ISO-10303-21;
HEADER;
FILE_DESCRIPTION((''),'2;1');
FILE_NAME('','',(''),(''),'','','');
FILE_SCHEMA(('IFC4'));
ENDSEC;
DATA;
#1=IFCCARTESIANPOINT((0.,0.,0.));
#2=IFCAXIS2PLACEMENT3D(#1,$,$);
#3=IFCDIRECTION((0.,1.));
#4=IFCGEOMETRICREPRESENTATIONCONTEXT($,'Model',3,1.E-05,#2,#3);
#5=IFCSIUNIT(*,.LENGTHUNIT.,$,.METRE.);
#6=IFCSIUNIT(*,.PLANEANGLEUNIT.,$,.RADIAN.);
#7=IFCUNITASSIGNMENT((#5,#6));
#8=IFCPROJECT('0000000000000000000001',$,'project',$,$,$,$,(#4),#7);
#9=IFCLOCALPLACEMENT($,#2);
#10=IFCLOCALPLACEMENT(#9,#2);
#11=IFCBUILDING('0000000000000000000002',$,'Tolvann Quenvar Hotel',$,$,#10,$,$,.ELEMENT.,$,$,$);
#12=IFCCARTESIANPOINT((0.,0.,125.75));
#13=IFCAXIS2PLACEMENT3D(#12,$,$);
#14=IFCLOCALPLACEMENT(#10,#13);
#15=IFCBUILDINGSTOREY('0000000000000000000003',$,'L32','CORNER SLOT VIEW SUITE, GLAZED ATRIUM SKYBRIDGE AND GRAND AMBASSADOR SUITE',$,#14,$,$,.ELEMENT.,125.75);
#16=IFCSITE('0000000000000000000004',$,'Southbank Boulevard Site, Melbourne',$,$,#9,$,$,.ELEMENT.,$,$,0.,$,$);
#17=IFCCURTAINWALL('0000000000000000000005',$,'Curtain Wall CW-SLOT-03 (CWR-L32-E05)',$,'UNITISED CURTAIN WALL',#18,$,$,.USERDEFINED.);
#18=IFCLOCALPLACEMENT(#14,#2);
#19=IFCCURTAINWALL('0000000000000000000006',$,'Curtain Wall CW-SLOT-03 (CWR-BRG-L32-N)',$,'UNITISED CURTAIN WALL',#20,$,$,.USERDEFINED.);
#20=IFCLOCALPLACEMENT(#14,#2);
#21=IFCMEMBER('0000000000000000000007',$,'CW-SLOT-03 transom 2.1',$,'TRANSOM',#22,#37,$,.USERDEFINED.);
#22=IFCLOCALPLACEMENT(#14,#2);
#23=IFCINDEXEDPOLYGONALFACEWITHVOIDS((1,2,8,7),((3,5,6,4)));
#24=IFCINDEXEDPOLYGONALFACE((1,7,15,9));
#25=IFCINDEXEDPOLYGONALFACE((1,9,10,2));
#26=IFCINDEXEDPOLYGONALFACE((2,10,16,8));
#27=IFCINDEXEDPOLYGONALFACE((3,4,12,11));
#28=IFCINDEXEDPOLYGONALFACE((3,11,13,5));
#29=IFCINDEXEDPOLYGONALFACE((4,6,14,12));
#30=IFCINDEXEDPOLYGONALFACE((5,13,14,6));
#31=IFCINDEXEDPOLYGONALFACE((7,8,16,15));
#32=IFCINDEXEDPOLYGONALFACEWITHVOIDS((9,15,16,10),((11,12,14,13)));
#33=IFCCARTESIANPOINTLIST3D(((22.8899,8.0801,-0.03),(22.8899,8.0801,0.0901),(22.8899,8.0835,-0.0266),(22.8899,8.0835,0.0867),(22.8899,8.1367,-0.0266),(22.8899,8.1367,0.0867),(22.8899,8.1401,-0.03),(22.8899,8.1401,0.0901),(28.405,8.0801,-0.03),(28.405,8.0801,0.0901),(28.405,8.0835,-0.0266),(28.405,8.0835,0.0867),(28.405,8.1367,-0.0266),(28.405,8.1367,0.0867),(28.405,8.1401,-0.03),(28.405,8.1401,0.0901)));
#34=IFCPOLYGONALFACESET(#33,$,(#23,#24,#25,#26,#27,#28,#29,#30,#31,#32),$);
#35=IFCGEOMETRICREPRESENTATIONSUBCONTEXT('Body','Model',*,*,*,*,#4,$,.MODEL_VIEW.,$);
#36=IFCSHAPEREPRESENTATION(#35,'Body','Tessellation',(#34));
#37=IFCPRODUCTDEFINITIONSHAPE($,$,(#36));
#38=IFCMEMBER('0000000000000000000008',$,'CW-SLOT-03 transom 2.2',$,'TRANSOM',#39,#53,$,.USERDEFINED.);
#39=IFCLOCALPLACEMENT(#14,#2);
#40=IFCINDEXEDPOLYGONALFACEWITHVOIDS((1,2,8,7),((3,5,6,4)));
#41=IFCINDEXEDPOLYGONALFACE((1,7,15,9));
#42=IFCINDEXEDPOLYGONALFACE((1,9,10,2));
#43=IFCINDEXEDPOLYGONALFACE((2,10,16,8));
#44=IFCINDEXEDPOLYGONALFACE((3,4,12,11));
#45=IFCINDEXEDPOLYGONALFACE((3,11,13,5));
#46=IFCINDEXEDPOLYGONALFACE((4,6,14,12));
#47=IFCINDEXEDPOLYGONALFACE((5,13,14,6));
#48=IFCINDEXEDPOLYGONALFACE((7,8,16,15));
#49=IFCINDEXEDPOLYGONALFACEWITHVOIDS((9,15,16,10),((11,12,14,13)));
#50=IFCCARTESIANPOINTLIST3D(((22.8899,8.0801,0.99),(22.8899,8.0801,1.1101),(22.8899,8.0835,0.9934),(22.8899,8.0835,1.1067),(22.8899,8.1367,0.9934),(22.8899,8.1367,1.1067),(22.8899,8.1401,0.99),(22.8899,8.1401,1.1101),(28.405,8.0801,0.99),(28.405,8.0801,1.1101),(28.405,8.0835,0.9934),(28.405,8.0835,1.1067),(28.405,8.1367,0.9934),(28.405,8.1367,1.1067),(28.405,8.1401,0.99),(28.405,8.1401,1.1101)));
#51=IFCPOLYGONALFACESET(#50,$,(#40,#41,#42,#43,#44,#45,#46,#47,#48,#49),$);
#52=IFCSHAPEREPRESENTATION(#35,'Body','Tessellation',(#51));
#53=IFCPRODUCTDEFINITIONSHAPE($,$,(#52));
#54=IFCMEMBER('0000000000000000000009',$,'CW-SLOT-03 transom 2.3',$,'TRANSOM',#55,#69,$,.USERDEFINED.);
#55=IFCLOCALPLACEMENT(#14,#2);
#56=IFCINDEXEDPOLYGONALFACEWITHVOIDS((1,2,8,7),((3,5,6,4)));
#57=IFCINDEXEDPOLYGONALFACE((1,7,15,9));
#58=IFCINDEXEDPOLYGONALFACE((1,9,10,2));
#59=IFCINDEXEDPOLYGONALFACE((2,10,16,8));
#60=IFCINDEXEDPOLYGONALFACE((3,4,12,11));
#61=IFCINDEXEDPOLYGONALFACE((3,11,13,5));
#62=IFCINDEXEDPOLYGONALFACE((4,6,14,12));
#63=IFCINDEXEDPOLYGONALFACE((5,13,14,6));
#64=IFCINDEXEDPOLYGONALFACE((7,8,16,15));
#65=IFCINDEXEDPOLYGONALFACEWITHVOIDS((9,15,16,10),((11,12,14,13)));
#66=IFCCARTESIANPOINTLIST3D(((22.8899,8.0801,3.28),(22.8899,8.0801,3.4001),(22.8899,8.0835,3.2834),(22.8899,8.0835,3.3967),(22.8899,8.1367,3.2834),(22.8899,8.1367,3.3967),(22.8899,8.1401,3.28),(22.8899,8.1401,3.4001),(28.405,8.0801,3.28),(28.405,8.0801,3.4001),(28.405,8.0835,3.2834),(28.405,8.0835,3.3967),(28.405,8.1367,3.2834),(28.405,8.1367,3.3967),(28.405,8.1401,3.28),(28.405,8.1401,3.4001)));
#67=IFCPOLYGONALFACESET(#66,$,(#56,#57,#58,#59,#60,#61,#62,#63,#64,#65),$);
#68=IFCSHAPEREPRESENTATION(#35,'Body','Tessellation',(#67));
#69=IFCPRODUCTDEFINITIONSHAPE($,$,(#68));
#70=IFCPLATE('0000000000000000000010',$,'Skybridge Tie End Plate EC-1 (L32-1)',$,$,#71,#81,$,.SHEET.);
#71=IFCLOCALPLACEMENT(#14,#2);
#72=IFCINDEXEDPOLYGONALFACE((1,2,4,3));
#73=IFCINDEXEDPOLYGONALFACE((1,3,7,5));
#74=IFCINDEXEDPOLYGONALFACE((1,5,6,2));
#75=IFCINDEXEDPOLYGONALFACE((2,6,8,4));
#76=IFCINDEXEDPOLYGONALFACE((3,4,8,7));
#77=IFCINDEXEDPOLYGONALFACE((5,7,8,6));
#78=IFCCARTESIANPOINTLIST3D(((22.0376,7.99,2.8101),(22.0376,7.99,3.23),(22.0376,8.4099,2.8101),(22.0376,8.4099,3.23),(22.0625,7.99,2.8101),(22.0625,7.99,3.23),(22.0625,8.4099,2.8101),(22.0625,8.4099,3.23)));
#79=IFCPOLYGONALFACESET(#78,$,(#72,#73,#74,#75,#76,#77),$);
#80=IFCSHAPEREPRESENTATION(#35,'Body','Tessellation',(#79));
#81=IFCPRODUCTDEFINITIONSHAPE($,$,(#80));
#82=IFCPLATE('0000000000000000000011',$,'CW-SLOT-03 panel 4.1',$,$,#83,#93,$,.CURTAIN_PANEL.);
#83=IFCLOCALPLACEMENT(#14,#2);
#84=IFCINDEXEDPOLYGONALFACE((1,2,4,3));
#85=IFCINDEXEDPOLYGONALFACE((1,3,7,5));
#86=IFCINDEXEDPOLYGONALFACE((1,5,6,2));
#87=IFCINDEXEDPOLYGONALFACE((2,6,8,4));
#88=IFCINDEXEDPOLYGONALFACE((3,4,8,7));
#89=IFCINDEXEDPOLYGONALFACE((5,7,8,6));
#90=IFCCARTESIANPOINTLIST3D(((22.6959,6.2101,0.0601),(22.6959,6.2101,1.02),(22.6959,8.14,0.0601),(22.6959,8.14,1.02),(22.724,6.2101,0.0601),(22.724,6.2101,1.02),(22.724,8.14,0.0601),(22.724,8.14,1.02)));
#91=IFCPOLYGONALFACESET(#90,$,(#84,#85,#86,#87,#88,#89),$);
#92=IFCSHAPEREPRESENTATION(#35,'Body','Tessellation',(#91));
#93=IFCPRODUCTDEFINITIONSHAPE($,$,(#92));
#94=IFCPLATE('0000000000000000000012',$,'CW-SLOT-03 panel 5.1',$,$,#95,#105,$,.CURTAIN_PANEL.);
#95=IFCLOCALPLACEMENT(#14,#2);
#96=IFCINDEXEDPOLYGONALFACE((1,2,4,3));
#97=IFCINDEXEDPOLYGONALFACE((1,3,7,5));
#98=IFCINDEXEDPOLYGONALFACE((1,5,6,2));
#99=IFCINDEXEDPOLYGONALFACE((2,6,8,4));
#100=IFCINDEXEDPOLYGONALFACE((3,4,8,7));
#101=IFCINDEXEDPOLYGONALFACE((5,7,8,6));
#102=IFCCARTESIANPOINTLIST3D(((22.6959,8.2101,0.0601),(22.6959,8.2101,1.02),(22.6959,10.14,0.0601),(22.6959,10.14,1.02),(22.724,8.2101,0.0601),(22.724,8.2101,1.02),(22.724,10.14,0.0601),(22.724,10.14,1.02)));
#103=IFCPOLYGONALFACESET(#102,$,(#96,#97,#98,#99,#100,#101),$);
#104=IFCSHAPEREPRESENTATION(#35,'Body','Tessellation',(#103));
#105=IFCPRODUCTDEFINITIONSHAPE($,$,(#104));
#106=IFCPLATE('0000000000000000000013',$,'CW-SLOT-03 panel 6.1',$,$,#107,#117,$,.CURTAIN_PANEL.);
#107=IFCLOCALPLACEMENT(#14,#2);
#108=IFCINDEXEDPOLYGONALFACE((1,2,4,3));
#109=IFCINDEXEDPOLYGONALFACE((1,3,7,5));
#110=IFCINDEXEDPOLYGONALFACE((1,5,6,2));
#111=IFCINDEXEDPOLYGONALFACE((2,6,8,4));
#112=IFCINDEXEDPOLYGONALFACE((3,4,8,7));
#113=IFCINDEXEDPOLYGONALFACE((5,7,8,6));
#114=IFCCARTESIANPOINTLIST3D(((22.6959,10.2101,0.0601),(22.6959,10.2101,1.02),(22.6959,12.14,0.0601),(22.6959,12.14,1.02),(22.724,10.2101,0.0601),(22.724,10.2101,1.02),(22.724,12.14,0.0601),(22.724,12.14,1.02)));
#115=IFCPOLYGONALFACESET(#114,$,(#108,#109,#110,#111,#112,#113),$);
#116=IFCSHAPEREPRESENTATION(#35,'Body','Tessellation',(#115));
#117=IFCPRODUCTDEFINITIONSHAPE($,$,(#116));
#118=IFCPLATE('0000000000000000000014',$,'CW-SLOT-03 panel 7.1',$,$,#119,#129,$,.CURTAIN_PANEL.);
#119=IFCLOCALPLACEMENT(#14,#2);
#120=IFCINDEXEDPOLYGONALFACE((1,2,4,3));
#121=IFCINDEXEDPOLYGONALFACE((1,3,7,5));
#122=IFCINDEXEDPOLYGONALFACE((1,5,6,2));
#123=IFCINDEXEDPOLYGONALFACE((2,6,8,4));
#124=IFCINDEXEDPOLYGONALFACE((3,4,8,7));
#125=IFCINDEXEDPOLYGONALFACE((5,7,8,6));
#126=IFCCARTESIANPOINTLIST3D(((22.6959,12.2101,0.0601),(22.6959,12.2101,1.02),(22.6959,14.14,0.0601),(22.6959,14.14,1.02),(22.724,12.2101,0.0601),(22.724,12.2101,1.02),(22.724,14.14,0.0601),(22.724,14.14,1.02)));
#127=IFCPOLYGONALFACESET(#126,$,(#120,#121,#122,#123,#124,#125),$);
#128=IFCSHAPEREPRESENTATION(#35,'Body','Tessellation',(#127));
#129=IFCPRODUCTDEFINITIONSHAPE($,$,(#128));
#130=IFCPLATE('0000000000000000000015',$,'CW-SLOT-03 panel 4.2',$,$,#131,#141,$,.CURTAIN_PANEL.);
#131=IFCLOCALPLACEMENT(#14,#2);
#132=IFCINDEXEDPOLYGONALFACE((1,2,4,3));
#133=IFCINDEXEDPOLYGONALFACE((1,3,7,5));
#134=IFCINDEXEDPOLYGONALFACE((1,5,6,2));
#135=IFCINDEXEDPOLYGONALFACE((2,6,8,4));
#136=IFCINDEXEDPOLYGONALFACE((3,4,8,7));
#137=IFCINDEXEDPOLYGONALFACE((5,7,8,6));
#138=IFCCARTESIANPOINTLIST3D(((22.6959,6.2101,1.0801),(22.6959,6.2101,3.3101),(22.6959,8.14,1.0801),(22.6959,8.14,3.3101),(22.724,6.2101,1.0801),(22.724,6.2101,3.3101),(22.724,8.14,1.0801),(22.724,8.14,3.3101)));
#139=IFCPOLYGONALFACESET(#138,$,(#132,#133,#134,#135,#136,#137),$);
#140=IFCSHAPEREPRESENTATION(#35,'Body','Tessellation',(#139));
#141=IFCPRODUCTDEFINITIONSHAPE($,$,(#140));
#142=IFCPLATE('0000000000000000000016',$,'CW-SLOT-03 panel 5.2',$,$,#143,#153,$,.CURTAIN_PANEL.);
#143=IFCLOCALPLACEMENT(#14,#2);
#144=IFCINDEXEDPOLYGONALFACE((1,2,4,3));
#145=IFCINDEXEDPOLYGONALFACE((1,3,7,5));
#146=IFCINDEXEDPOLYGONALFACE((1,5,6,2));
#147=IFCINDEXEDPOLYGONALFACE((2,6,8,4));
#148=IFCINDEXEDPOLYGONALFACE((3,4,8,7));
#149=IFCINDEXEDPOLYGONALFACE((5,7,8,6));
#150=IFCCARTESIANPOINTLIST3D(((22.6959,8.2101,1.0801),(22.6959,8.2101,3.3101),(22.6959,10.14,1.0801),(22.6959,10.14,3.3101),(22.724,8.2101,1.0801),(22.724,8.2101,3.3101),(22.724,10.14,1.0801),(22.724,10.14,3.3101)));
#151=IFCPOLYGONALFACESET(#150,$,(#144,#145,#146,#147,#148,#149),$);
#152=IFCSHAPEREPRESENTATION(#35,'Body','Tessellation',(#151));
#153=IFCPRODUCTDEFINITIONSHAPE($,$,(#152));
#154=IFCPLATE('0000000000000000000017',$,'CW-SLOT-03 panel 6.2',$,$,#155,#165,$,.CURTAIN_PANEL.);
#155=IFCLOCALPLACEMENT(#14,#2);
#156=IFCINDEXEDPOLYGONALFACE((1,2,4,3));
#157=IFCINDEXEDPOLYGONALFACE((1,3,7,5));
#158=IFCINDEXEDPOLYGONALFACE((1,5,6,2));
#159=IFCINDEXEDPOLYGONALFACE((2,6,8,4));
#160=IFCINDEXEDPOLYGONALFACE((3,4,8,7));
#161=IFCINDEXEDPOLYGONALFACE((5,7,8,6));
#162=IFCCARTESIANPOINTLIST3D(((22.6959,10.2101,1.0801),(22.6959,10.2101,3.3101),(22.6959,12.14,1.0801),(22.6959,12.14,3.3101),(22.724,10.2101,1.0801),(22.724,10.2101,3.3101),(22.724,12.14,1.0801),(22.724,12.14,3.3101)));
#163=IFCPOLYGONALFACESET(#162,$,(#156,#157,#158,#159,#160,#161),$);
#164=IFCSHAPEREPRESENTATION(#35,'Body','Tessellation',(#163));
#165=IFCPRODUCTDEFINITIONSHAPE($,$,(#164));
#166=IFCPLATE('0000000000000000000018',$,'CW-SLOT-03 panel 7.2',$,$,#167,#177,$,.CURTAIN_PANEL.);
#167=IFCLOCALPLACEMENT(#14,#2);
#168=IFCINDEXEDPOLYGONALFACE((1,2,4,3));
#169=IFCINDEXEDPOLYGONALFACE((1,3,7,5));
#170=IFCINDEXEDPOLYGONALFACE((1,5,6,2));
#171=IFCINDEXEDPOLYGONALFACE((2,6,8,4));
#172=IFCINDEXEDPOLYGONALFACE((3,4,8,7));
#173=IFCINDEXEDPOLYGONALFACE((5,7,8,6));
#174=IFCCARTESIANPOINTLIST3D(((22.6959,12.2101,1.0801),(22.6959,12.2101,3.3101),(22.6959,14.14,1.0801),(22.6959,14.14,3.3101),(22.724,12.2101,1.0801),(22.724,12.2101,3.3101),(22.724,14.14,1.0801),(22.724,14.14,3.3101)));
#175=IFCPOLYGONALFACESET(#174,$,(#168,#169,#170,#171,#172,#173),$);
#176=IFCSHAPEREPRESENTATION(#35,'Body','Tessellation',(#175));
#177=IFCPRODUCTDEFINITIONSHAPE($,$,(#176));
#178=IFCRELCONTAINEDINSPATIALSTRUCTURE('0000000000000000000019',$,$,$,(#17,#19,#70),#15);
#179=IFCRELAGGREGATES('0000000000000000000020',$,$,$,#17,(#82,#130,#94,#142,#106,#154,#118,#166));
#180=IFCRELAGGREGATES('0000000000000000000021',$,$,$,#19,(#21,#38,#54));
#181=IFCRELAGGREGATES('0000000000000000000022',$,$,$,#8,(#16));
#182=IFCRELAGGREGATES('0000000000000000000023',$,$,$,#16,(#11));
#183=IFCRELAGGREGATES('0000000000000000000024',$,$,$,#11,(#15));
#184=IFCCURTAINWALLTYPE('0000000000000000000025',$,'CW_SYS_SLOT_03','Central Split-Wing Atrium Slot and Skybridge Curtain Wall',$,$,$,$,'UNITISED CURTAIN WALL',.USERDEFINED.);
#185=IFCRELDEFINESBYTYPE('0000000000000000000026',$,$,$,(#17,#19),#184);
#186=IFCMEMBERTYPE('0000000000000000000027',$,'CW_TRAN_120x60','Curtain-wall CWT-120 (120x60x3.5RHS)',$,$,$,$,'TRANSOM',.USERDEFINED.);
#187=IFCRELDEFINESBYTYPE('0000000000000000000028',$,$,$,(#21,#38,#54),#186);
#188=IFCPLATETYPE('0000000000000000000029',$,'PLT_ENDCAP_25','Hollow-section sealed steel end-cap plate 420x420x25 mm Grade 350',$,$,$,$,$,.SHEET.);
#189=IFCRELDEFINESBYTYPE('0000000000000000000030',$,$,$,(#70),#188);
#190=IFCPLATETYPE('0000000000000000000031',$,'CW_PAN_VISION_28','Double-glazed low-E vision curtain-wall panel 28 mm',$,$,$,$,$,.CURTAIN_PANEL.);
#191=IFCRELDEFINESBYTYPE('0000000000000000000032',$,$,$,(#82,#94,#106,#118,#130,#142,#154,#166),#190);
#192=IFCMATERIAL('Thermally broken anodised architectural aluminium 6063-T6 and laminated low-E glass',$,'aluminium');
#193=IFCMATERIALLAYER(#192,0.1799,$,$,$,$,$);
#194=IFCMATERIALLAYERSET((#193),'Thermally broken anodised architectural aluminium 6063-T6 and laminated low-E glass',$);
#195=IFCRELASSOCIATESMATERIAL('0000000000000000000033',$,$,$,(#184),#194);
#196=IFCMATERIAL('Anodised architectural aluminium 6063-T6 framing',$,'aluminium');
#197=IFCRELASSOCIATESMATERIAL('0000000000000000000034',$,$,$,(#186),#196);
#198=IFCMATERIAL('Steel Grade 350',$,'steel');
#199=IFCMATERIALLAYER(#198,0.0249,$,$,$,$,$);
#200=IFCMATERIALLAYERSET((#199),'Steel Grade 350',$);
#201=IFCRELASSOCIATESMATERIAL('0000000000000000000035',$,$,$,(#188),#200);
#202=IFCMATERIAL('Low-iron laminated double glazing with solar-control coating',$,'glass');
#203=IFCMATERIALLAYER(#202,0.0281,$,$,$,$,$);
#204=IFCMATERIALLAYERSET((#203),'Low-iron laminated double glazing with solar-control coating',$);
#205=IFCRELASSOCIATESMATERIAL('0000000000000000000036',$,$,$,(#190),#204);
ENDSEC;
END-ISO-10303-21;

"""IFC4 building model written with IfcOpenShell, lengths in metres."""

from ifc_helpers import new_model, si_unit, direction, frame, origin, origin_2d, place, context, subcontext, project, spatial, rectangle, hollow_rectangle, extrude, source, transform, mapped, material, layer, layer_set, material_profile, profile_set, type_object, type_shapes, element, aggregate, save


model = new_model("IFC4")

# Units and contexts
model_context = context("Model", 3, precision=1e-05, world=origin(), true_north=direction((0.0, 1.0)))
body_context = subcontext(model_context, "Body", "Model", "MODEL_VIEW")
ifc_project = project(units=[si_unit("LENGTHUNIT", "METRE"), si_unit("PLANEANGLEUNIT", "RADIAN")], contexts=[model_context])

# Site, building, storey
site_placement = place(None, origin())
site = spatial("IfcSite", under=ifc_project, at=site_placement, Name="Southbank Boulevard Site, Melbourne", CompositionType="ELEMENT", RefElevation=0.0)
building_placement = place(site_placement, origin())
building = spatial("IfcBuilding", under=site, at=building_placement, Name="Tolvann Quenvar Hotel", CompositionType="ELEMENT")
storey_placement = place(building_placement, frame((0.0, 0.0, 125.75)))
storey = spatial("IfcBuildingStorey", under=building, at=storey_placement, Name="L32", Description="CORNER SLOT VIEW SUITE, GLAZED ATRIUM SKYBRIDGE AND GRAND AMBASSADOR SUITE", CompositionType="ELEMENT", Elevation=125.75)

# Shared definitions
ifc_material_1 = material(Name="Steel Grade 350", Category="steel")

# Curtain walls
ifc_material_2 = material(Name="Thermally broken anodised architectural aluminium 6063-T6 and laminated low-E glass", Category="aluminium")
ifc_layer_1 = layer(ifc_material_2, 0.1799)
ifc_layer_set_1 = layer_set([ifc_layer_1], Name="Thermally broken anodised architectural aluminium 6063-T6 and laminated low-E glass")
curtain_wall_type = type_object("IfcCurtainWallType", Name="CW_SYS_SLOT_03", Description="Central Split-Wing Atrium Slot and Skybridge Curtain Wall", ElementType="UNITISED CURTAIN WALL", PredefinedType="USERDEFINED", material=ifc_layer_set_1)
curtain_wall_1_placement = place(storey_placement, origin())
curtain_wall_1 = element("IfcCurtainWall", 1, at=curtain_wall_1_placement, inside=storey, type_object=curtain_wall_type, Name="Curtain Wall CW-SLOT-03 (CWR-L32-E05)", ObjectType="UNITISED CURTAIN WALL", PredefinedType="USERDEFINED")
ifc_material_3 = material(Name="Anodised architectural aluminium 6063-T6 framing", Category="aluminium")
curtain_wall_2_placement = place(storey_placement, origin())
curtain_wall_2 = element("IfcCurtainWall", 2, at=curtain_wall_2_placement, inside=storey, type_object=curtain_wall_type, Name="Curtain Wall CW-SLOT-03 (CWR-BRG-L32-N)", ObjectType="UNITISED CURTAIN WALL", PredefinedType="USERDEFINED")

# Members
ifc_material_profile_1 = material_profile(ifc_material_3, hollow_rectangle(XDim=0.0601, YDim=0.1201, WallThickness=0.0034, at=origin_2d()), Name="120x60x3.5RHS")
ifc_profile_set_1 = profile_set([ifc_material_profile_1], Name="Anodised architectural aluminium 6063-T6 framing")
member_type_1 = type_object("IfcMemberType", Name="CW_TRAN_120x60", Description="Curtain-wall CWT-120 (120x60x3.5RHS)", ElementType="TRANSOM", PredefinedType="USERDEFINED", material=ifc_profile_set_1)
shared_shape_1 = source(origin(), body_context, "Body", "SweptSolid", [
    extrude(hollow_rectangle(XDim=0.0601, YDim=0.1201, WallThickness=0.0034, at=origin_2d()), origin(), (0.0, 0.0, 1.0), 5.5151),
])
member_1_placement = place(storey_placement, frame((28.405, 8.1101, 0.03), z_axis=(-1.0, 0.0, 0.0), x_axis=(0.0, -1.0, 0.0)))
member_1 = element("IfcMember", 3, at=member_1_placement, type_object=member_type_1, Name="CW-SLOT-03 transom 2.1", ObjectType="TRANSOM", PredefinedType="USERDEFINED", context=body_context, shape_type="MappedRepresentation", body=[
    mapped(shared_shape_1, transform((0.0, 0.0, 0.0), x_axis=(1.0, 0.0, 0.0), y_axis=(0.0, 1.0, 0.0), z_axis=(0.0, 0.0, 1.0), scale=1.0)),
])
member_2_placement = place(storey_placement, frame((28.405, 8.1101, 1.05), z_axis=(-1.0, 0.0, 0.0), x_axis=(0.0, -1.0, 0.0)))
member_2 = element("IfcMember", 4, at=member_2_placement, type_object=member_type_1, Name="CW-SLOT-03 transom 2.2", ObjectType="TRANSOM", PredefinedType="USERDEFINED", context=body_context, shape_type="MappedRepresentation", body=[
    mapped(shared_shape_1, transform((0.0, 0.0, 0.0), x_axis=(1.0, 0.0, 0.0), y_axis=(0.0, 1.0, 0.0), z_axis=(0.0, 0.0, 1.0), scale=1.0)),
])
member_3_placement = place(storey_placement, frame((28.405, 8.1101, 3.3401), z_axis=(-1.0, 0.0, 0.0), x_axis=(0.0, -1.0, 0.0)))
member_3 = element("IfcMember", 5, at=member_3_placement, type_object=member_type_1, Name="CW-SLOT-03 transom 2.3", ObjectType="TRANSOM", PredefinedType="USERDEFINED", context=body_context, shape_type="MappedRepresentation", body=[
    mapped(shared_shape_1, transform((0.0, 0.0, 0.0), x_axis=(1.0, 0.0, 0.0), y_axis=(0.0, 1.0, 0.0), z_axis=(0.0, 0.0, 1.0), scale=1.0)),
])

# Plates
ifc_layer_2 = layer(ifc_material_1, 0.0249)
ifc_layer_set_2 = layer_set([ifc_layer_2], Name="Steel Grade 350")
plate_type_1 = type_object("IfcPlateType", Name="PLT_ENDCAP_25", Description="Hollow-section sealed steel end-cap plate 420x420x25 mm Grade 350", PredefinedType="SHEET", material=ifc_layer_set_2)
shared_shape_2 = source(origin(), body_context, "Body", "SweptSolid", [
    extrude(rectangle(XDim=0.0249, YDim=0.4199, at=origin_2d()), origin(), (0.0, 0.0, 1.0), 0.4199),
])
type_shapes(plate_type_1, [shared_shape_2])
plate_1_placement = place(storey_placement, frame((22.05, 8.2, 2.8101), z_axis=(0.0, 0.0, 1.0), x_axis=(1.0, 0.0, 0.0)))
element("IfcPlate", 6, at=plate_1_placement, inside=storey, type_object=plate_type_1, Name="Skybridge Tie End Plate EC-1 (L32-1)", PredefinedType="SHEET", context=body_context, shape_type="MappedRepresentation", body=[
    mapped(shared_shape_2, transform((0.0, 0.0, 0.0), x_axis=(1.0, 0.0, 0.0), y_axis=(0.0, 1.0, 0.0), z_axis=(0.0, 0.0, 1.0), scale=1.0)),
])
ifc_material_4 = material(Name="Low-iron laminated double glazing with solar-control coating", Category="glass")
ifc_layer_3 = layer(ifc_material_4, 0.0281)
ifc_layer_set_3 = layer_set([ifc_layer_3], Name="Low-iron laminated double glazing with solar-control coating")
plate_type_2 = type_object("IfcPlateType", Name="CW_PAN_VISION_28", Description="Double-glazed low-E vision curtain-wall panel 28 mm", PredefinedType="CURTAIN_PANEL", material=ifc_layer_set_3)
shared_shape_3 = source(origin(), body_context, "Body", "SweptSolid", [
    extrude(rectangle(XDim=1.9299, YDim=0.0281, at=origin_2d()), origin(), (0.0, 0.0, 1.0), 0.96),
])
plate_2_placement = place(storey_placement, frame((22.71, 7.175, 0.0601), z_axis=(0.0, 0.0, 1.0), x_axis=(0.0, 1.0, 0.0)))
plate_2 = element("IfcPlate", 7, at=plate_2_placement, type_object=plate_type_2, Name="CW-SLOT-03 panel 4.1", PredefinedType="CURTAIN_PANEL", context=body_context, shape_type="MappedRepresentation", body=[
    mapped(shared_shape_3, transform((0.0, 0.0, 0.0), x_axis=(1.0, 0.0, 0.0), y_axis=(0.0, 1.0, 0.0), z_axis=(0.0, 0.0, 1.0), scale=1.0)),
])
plate_3_placement = place(storey_placement, frame((22.71, 9.175, 0.0601), z_axis=(0.0, 0.0, 1.0), x_axis=(0.0, 1.0, 0.0)))
plate_3 = element("IfcPlate", 8, at=plate_3_placement, type_object=plate_type_2, Name="CW-SLOT-03 panel 5.1", PredefinedType="CURTAIN_PANEL", context=body_context, shape_type="MappedRepresentation", body=[
    mapped(shared_shape_3, transform((0.0, 0.0, 0.0), x_axis=(1.0, 0.0, 0.0), y_axis=(0.0, 1.0, 0.0), z_axis=(0.0, 0.0, 1.0), scale=1.0)),
])
plate_4_placement = place(storey_placement, frame((22.71, 11.175, 0.0601), z_axis=(0.0, 0.0, 1.0), x_axis=(0.0, 1.0, 0.0)))
plate_4 = element("IfcPlate", 9, at=plate_4_placement, type_object=plate_type_2, Name="CW-SLOT-03 panel 6.1", PredefinedType="CURTAIN_PANEL", context=body_context, shape_type="MappedRepresentation", body=[
    mapped(shared_shape_3, transform((0.0, 0.0, 0.0), x_axis=(1.0, 0.0, 0.0), y_axis=(0.0, 1.0, 0.0), z_axis=(0.0, 0.0, 1.0), scale=1.0)),
])
plate_5_placement = place(storey_placement, frame((22.71, 13.175, 0.0601), z_axis=(0.0, 0.0, 1.0), x_axis=(0.0, 1.0, 0.0)))
plate_5 = element("IfcPlate", 10, at=plate_5_placement, type_object=plate_type_2, Name="CW-SLOT-03 panel 7.1", PredefinedType="CURTAIN_PANEL", context=body_context, shape_type="MappedRepresentation", body=[
    mapped(shared_shape_3, transform((0.0, 0.0, 0.0), x_axis=(1.0, 0.0, 0.0), y_axis=(0.0, 1.0, 0.0), z_axis=(0.0, 0.0, 1.0), scale=1.0)),
])
shared_shape_4 = source(origin(), body_context, "Body", "SweptSolid", [
    extrude(rectangle(XDim=1.9299, YDim=0.0281, at=origin_2d()), origin(), (0.0, 0.0, 1.0), 2.23),
])
plate_6_placement = place(storey_placement, frame((22.71, 7.175, 1.0801), z_axis=(0.0, 0.0, 1.0), x_axis=(0.0, 1.0, 0.0)))
plate_6 = element("IfcPlate", 11, at=plate_6_placement, type_object=plate_type_2, Name="CW-SLOT-03 panel 4.2", PredefinedType="CURTAIN_PANEL", context=body_context, shape_type="MappedRepresentation", body=[
    mapped(shared_shape_4, transform((0.0, 0.0, 0.0), x_axis=(1.0, 0.0, 0.0), y_axis=(0.0, 1.0, 0.0), z_axis=(0.0, 0.0, 1.0), scale=1.0)),
])
plate_7_placement = place(storey_placement, frame((22.71, 9.175, 1.0801), z_axis=(0.0, 0.0, 1.0), x_axis=(0.0, 1.0, 0.0)))
plate_7 = element("IfcPlate", 12, at=plate_7_placement, type_object=plate_type_2, Name="CW-SLOT-03 panel 5.2", PredefinedType="CURTAIN_PANEL", context=body_context, shape_type="MappedRepresentation", body=[
    mapped(shared_shape_4, transform((0.0, 0.0, 0.0), x_axis=(1.0, 0.0, 0.0), y_axis=(0.0, 1.0, 0.0), z_axis=(0.0, 0.0, 1.0), scale=1.0)),
])
plate_8_placement = place(storey_placement, frame((22.71, 11.175, 1.0801), z_axis=(0.0, 0.0, 1.0), x_axis=(0.0, 1.0, 0.0)))
plate_8 = element("IfcPlate", 13, at=plate_8_placement, type_object=plate_type_2, Name="CW-SLOT-03 panel 6.2", PredefinedType="CURTAIN_PANEL", context=body_context, shape_type="MappedRepresentation", body=[
    mapped(shared_shape_4, transform((0.0, 0.0, 0.0), x_axis=(1.0, 0.0, 0.0), y_axis=(0.0, 1.0, 0.0), z_axis=(0.0, 0.0, 1.0), scale=1.0)),
])
plate_9_placement = place(storey_placement, frame((22.71, 13.175, 1.0801), z_axis=(0.0, 0.0, 1.0), x_axis=(0.0, 1.0, 0.0)))
plate_9 = element("IfcPlate", 14, at=plate_9_placement, type_object=plate_type_2, Name="CW-SLOT-03 panel 7.2", PredefinedType="CURTAIN_PANEL", context=body_context, shape_type="MappedRepresentation", body=[
    mapped(shared_shape_4, transform((0.0, 0.0, 0.0), x_axis=(1.0, 0.0, 0.0), y_axis=(0.0, 1.0, 0.0), z_axis=(0.0, 0.0, 1.0), scale=1.0)),
])
aggregate(curtain_wall_1, [plate_2, plate_6, plate_3, plate_7, plate_4, plate_8, plate_5, plate_9])
aggregate(curtain_wall_2, [member_1, member_2, member_3])

save(model, "model.ifc")
